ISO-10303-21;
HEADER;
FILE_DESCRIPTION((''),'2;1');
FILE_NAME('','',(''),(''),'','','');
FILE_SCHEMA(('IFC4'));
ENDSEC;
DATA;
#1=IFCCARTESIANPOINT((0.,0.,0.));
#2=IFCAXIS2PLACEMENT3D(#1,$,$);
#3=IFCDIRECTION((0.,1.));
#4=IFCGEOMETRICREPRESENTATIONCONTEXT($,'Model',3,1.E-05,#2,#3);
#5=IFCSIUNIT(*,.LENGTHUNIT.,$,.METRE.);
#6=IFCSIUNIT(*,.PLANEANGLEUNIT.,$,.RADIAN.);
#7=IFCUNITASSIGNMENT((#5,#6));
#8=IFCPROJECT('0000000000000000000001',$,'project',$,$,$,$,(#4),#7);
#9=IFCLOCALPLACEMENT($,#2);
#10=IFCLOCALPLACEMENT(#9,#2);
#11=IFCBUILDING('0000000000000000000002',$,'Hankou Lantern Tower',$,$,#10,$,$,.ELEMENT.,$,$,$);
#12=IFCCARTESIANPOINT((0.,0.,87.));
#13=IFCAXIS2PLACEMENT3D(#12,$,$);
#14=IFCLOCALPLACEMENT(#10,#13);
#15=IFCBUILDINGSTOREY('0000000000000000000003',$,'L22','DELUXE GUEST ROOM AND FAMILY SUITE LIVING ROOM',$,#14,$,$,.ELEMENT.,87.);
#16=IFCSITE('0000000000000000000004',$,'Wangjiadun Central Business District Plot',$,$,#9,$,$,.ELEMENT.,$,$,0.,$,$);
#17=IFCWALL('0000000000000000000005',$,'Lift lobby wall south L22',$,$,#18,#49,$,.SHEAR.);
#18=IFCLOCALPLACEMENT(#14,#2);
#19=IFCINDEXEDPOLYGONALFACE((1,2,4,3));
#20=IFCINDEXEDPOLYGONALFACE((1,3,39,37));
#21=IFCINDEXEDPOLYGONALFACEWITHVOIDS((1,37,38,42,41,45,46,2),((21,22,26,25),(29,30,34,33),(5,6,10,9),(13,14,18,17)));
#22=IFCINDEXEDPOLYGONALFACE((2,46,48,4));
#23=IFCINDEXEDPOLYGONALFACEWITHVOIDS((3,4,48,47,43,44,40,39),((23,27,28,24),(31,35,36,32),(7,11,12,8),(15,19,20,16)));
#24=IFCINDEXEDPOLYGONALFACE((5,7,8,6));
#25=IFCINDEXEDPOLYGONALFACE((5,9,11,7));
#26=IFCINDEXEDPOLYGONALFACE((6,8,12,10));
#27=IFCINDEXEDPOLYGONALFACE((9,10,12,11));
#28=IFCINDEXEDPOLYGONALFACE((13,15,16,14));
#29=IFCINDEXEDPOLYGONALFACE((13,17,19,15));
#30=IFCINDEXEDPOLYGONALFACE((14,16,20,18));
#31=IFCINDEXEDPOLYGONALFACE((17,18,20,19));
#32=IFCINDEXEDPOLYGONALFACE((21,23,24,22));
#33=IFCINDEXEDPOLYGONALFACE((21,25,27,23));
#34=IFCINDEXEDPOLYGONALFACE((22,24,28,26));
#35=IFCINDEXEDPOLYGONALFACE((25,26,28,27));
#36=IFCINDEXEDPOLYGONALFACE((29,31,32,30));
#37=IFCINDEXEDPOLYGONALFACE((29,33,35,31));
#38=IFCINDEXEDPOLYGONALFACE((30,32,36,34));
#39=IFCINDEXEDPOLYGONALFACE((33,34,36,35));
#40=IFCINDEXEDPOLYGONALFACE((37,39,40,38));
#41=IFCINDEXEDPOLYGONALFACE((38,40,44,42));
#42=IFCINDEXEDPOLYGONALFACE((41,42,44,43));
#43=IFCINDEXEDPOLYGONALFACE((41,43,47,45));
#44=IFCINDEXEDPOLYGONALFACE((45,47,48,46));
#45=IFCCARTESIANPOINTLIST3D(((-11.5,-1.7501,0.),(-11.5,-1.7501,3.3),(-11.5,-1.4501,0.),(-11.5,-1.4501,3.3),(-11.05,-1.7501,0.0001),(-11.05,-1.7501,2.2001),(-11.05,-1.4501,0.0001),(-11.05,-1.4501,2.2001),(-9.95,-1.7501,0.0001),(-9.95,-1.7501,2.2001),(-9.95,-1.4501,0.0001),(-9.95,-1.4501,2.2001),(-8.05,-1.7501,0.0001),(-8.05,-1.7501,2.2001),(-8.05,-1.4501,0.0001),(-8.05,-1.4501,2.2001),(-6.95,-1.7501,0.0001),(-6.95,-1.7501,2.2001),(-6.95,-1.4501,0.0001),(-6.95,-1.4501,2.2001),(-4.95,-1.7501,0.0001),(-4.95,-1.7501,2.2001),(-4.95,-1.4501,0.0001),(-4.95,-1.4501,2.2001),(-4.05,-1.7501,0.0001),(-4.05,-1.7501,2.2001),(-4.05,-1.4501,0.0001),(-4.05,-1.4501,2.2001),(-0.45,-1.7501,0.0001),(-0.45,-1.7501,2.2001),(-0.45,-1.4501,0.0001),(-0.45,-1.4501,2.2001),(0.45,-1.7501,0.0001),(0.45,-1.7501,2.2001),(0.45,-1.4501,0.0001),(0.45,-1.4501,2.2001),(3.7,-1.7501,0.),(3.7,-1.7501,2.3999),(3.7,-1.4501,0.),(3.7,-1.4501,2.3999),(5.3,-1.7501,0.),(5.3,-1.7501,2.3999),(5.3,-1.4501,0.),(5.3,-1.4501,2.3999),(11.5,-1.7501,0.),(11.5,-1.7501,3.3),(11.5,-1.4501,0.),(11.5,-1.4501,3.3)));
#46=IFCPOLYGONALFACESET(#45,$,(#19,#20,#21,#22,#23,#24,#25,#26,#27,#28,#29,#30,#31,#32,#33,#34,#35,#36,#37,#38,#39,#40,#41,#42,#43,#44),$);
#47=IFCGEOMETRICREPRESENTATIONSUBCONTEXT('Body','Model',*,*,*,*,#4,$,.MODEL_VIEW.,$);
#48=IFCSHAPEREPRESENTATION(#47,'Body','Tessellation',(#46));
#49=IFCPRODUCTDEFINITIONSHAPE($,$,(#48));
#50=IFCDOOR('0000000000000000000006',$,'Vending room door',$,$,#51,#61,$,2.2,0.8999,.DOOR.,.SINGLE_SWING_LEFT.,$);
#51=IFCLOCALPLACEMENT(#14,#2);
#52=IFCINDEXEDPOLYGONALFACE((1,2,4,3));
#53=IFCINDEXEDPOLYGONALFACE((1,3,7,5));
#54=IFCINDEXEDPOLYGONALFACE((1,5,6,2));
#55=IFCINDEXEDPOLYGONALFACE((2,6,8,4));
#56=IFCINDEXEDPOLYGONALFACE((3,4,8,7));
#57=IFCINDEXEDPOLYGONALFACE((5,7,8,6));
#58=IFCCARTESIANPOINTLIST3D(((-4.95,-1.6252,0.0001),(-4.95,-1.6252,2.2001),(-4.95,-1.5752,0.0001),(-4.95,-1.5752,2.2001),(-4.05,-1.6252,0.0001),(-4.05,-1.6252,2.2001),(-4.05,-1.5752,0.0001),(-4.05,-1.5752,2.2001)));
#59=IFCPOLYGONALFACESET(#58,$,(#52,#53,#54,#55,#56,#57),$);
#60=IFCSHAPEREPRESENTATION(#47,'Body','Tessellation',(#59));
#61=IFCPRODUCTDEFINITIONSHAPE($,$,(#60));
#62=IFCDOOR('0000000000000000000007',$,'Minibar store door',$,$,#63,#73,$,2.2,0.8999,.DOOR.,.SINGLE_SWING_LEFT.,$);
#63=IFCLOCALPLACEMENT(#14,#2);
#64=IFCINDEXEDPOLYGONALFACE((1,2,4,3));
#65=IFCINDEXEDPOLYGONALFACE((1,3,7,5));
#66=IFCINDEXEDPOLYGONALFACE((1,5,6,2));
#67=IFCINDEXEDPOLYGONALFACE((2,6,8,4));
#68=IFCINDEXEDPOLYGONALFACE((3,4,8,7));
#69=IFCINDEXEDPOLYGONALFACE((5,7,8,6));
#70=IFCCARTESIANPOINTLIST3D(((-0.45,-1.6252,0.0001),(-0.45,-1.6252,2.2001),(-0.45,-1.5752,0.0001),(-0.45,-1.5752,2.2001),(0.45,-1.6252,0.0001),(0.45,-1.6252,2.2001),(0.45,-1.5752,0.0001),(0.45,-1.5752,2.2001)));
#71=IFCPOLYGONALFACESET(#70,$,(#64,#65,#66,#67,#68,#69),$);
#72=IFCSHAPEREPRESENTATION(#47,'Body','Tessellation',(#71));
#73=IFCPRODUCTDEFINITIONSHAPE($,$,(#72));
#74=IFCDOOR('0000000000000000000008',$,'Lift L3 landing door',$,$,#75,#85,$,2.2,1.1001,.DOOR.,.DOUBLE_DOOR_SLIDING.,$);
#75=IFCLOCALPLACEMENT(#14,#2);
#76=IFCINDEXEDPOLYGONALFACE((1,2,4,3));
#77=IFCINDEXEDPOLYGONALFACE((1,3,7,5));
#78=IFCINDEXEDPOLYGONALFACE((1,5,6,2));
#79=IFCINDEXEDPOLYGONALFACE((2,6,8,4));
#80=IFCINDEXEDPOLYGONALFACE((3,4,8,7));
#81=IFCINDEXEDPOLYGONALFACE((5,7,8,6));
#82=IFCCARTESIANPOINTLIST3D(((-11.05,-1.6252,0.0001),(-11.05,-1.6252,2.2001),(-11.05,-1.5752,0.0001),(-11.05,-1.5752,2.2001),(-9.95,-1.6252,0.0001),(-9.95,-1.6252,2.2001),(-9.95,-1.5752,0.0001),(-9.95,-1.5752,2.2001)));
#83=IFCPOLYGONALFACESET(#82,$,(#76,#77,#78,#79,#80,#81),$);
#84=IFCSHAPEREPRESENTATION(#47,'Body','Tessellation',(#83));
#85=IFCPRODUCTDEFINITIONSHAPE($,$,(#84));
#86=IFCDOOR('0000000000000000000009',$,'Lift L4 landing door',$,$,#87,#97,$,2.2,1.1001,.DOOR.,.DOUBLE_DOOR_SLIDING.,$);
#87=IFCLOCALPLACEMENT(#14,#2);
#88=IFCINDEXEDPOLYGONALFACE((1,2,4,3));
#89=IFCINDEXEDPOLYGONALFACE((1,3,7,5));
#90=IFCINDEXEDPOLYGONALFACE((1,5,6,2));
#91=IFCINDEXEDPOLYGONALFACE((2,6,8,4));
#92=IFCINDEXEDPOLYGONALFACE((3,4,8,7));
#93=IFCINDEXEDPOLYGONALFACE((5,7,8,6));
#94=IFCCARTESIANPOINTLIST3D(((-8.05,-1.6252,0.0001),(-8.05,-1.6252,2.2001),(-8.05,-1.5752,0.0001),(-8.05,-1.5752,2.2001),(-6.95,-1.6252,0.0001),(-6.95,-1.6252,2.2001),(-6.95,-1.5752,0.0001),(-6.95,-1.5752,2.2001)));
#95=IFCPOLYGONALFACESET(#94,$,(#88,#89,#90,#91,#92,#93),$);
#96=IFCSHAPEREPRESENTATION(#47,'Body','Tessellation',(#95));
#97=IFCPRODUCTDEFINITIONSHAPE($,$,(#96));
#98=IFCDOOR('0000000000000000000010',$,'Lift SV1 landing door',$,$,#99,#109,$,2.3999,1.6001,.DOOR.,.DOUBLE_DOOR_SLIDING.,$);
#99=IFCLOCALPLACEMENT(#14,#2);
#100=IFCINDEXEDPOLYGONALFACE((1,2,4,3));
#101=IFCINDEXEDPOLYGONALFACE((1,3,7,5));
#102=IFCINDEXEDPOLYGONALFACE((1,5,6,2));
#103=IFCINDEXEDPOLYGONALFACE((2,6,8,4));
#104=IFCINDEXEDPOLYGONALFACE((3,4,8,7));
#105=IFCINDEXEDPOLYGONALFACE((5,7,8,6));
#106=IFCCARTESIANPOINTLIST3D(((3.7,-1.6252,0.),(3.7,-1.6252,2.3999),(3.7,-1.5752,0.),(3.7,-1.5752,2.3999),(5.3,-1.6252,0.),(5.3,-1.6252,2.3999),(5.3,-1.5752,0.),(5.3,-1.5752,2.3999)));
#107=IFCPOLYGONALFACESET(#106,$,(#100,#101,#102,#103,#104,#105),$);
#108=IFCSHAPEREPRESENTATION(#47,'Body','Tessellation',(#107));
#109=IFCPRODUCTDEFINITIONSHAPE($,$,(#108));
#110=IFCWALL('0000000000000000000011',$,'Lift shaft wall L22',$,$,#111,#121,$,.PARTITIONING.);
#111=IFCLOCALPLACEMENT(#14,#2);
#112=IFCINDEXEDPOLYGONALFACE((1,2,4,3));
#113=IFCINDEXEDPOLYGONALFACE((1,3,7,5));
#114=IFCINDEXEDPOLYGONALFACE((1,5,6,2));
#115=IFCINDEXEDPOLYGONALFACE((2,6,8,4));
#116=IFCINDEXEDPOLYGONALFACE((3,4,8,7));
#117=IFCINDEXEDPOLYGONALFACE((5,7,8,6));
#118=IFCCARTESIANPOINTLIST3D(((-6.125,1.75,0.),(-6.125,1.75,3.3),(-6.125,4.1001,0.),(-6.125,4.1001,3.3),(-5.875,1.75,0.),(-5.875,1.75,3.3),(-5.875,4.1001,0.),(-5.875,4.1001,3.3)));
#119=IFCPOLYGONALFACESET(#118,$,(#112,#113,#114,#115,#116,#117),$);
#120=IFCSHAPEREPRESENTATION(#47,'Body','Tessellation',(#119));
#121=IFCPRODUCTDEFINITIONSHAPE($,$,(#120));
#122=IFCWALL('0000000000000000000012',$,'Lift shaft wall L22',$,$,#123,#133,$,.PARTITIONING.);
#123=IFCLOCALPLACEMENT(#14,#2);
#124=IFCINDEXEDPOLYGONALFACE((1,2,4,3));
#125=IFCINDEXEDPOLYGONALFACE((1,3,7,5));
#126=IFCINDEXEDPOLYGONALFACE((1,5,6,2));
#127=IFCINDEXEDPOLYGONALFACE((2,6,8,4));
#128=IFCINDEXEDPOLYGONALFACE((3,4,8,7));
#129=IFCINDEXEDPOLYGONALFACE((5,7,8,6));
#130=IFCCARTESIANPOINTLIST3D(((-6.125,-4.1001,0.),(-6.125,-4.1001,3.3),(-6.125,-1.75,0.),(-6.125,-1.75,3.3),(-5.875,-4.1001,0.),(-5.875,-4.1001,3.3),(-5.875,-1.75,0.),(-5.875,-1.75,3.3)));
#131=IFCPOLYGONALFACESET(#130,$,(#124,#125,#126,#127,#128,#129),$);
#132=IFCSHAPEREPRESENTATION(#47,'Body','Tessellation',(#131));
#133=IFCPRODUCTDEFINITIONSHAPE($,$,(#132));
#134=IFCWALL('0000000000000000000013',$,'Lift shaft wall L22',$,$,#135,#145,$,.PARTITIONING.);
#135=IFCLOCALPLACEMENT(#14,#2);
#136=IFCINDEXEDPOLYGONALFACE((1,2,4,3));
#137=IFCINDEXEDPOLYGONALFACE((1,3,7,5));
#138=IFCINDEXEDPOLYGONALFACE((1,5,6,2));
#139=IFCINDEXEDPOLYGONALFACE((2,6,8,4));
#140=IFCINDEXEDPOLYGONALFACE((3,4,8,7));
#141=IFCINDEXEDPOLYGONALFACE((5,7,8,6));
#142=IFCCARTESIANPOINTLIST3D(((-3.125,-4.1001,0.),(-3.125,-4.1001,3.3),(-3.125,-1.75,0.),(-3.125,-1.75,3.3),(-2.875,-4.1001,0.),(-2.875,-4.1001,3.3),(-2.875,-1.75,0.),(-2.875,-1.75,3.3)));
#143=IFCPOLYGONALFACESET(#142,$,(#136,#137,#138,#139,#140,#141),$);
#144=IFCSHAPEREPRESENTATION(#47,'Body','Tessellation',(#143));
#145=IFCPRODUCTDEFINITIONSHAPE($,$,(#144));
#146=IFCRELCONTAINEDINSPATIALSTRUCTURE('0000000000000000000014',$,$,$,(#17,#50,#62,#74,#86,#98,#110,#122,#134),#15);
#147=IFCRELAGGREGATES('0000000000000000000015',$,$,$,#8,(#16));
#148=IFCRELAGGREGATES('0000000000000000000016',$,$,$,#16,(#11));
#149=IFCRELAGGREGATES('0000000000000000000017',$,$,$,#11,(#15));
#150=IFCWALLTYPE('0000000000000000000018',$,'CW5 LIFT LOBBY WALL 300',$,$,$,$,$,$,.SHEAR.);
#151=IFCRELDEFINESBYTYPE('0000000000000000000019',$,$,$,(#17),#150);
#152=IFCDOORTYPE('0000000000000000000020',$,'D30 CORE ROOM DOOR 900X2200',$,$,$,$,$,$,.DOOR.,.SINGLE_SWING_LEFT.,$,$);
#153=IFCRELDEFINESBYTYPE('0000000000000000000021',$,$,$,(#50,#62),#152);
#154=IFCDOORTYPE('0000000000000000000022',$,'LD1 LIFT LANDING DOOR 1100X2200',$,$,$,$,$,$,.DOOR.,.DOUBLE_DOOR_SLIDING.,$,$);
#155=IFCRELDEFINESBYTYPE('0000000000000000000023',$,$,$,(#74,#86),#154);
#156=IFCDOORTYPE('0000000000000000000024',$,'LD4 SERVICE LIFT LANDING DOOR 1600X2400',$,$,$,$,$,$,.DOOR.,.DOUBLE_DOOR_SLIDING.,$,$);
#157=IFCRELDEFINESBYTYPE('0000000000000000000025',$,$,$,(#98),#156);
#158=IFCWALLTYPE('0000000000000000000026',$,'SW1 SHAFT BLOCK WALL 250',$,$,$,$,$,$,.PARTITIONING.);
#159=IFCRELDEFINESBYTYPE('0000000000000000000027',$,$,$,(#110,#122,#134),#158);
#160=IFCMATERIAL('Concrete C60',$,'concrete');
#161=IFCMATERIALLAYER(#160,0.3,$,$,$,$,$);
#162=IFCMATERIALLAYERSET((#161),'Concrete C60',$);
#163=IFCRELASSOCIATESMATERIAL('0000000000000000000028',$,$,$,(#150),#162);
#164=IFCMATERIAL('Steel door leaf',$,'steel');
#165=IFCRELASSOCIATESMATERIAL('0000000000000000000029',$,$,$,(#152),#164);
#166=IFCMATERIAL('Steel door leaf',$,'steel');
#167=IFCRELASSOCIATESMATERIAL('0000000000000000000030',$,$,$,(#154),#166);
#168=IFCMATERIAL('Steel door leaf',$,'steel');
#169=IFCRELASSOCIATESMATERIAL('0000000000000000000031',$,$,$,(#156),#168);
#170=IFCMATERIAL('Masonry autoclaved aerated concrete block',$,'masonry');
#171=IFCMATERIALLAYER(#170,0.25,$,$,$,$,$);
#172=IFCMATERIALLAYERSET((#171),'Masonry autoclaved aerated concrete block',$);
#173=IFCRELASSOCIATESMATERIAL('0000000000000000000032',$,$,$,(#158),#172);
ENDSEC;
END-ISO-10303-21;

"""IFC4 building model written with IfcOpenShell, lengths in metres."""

from ifc_helpers import new_model, si_unit, direction, frame, frame_2d, origin, place, context, subcontext, project, spatial, rectangle, extrude, material, layer, layer_set, type_object, element, fill, save


model = new_model("IFC4")

# Units and contexts
model_context = context("Model", 3, precision=1e-05, world=origin(), true_north=direction((0.0, 1.0)))
body_context = subcontext(model_context, "Body", "Model", "MODEL_VIEW")
ifc_project = project(units=[si_unit("LENGTHUNIT", "METRE"), si_unit("PLANEANGLEUNIT", "RADIAN")], contexts=[model_context])

# Site, building, storey
site_placement = place(None, origin())
site = spatial("IfcSite", under=ifc_project, at=site_placement, Name="Wangjiadun Central Business District Plot", CompositionType="ELEMENT", RefElevation=0.0)
building_placement = place(site_placement, origin())
building = spatial("IfcBuilding", under=site, at=building_placement, Name="Hankou Lantern Tower", CompositionType="ELEMENT")
storey_placement = place(building_placement, frame((0.0, 0.0, 87.0)))
storey = spatial("IfcBuildingStorey", under=building, at=storey_placement, Name="L22", Description="DELUXE GUEST ROOM AND FAMILY SUITE LIVING ROOM", CompositionType="ELEMENT", Elevation=87.0)

# Wall, openings, doors
ifc_material_1 = material(Name="Concrete C60", Category="concrete")
ifc_layer_1 = layer(ifc_material_1, 0.3)
ifc_layer_set_1 = layer_set([ifc_layer_1], Name="Concrete C60")
wall_type_1 = type_object("IfcWallType", Name="CW5 LIFT LOBBY WALL 300", PredefinedType="SHEAR", material=ifc_layer_set_1)
ifc_material_2 = material(Name="Steel door leaf", Category="steel")
door_type_1 = type_object("IfcDoorType", Name="D30 CORE ROOM DOOR 900X2200", OperationType="SINGLE_SWING_LEFT", PredefinedType="DOOR", material=ifc_material_2)
ifc_material_3 = material(Name="Steel door leaf", Category="steel")
door_type_2 = type_object("IfcDoorType", Name="LD1 LIFT LANDING DOOR 1100X2200", OperationType="DOUBLE_DOOR_SLIDING", PredefinedType="DOOR", material=ifc_material_3)
wall_1_placement = place(storey_placement, frame((-11.5, -1.6001, 0.0), z_axis=(0.0, 0.0, 1.0), x_axis=(1.0, 0.0, 0.0)))
wall_1 = element("IfcWall", 1, at=wall_1_placement, inside=storey, type_object=wall_type_1, Name="Lift lobby wall south L22", PredefinedType="SHEAR", context=body_context, shape_type="SweptSolid", body=[
    extrude(rectangle(XDim=23.0, YDim=0.3, at=frame_2d((11.5, 0.0))), origin(), (0.0, 0.0, 1.0), 3.3),
])
opening_1_placement = place(wall_1_placement, frame((0.45, 0.0, 0.0)))
opening_1 = element("IfcOpeningElement", 2, at=opening_1_placement, cuts=wall_1, PredefinedType="OPENING", context=body_context, shape_type="SweptSolid", body=[
    extrude(rectangle(XDim=1.1001, YDim=2.2, at=frame_2d((0.55, 1.1001))), frame((0.0, 0.1599, 0.0), z_axis=(0.0, -1.0, 0.0), x_axis=(1.0, 0.0, 0.0)), (0.0, 0.0, 1.0), 0.3201),
])
opening_2_placement = place(wall_1_placement, frame((3.45, 0.0, 0.0)))
opening_2 = element("IfcOpeningElement", 3, at=opening_2_placement, cuts=wall_1, PredefinedType="OPENING", context=body_context, shape_type="SweptSolid", body=[
    extrude(rectangle(XDim=1.1001, YDim=2.2, at=frame_2d((0.55, 1.1001))), frame((0.0, 0.1599, 0.0), z_axis=(0.0, -1.0, 0.0), x_axis=(1.0, 0.0, 0.0)), (0.0, 0.0, 1.0), 0.3201),
])
opening_3_placement = place(wall_1_placement, frame((15.2, 0.0, 0.0)))
opening_3 = element("IfcOpeningElement", 4, at=opening_3_placement, cuts=wall_1, PredefinedType="OPENING", context=body_context, shape_type="SweptSolid", body=[
    extrude(rectangle(XDim=1.6001, YDim=2.3999, at=frame_2d((0.8, 1.2))), frame((0.0, 0.1599, 0.0), z_axis=(0.0, -1.0, 0.0), x_axis=(1.0, 0.0, 0.0)), (0.0, 0.0, 1.0), 0.3201),
])
opening_4_placement = place(wall_1_placement, frame((6.55, 0.0, 0.0)))
opening_4 = element("IfcOpeningElement", 5, at=opening_4_placement, cuts=wall_1, PredefinedType="OPENING", context=body_context, shape_type="SweptSolid", body=[
    extrude(rectangle(XDim=0.8999, YDim=2.2, at=frame_2d((0.45, 1.1001))), frame((0.0, 0.1599, 0.0), z_axis=(0.0, -1.0, 0.0), x_axis=(1.0, 0.0, 0.0)), (0.0, 0.0, 1.0), 0.3201),
])
opening_5_placement = place(wall_1_placement, frame((11.05, 0.0, 0.0)))
opening_5 = element("IfcOpeningElement", 6, at=opening_5_placement, cuts=wall_1, PredefinedType="OPENING", context=body_context, shape_type="SweptSolid", body=[
    extrude(rectangle(XDim=0.8999, YDim=2.2, at=frame_2d((0.45, 1.1001))), frame((0.0, 0.1599, 0.0), z_axis=(0.0, -1.0, 0.0), x_axis=(1.0, 0.0, 0.0)), (0.0, 0.0, 1.0), 0.3201),
])
door_1_placement = place(opening_4_placement, origin())
door_1 = element("IfcDoor", 7, at=door_1_placement, inside=storey, type_object=door_type_1, Name="Vending room door", OperationType="SINGLE_SWING_LEFT", OverallHeight=2.2, OverallWidth=0.8999, PredefinedType="DOOR", context=body_context, shape_type="SweptSolid", body=[
    extrude(rectangle(XDim=0.8999, YDim=2.2, at=frame_2d((0.45, 1.1001))), frame((0.0, 0.0249, 0.0), z_axis=(0.0, -1.0, 0.0), x_axis=(1.0, 0.0, 0.0)), (0.0, 0.0, 1.0), 0.05),
])
fill(opening_4, door_1)
door_2_placement = place(opening_5_placement, origin())
door_2 = element("IfcDoor", 8, at=door_2_placement, inside=storey, type_object=door_type_1, Name="Minibar store door", OperationType="SINGLE_SWING_LEFT", OverallHeight=2.2, OverallWidth=0.8999, PredefinedType="DOOR", context=body_context, shape_type="SweptSolid", body=[
    extrude(rectangle(XDim=0.8999, YDim=2.2, at=frame_2d((0.45, 1.1001))), frame((0.0, 0.0249, 0.0), z_axis=(0.0, -1.0, 0.0), x_axis=(1.0, 0.0, 0.0)), (0.0, 0.0, 1.0), 0.05),
])
fill(opening_5, door_2)
door_3_placement = place(opening_1_placement, origin())
door_3 = element("IfcDoor", 9, at=door_3_placement, inside=storey, type_object=door_type_2, Name="Lift L3 landing door", OperationType="DOUBLE_DOOR_SLIDING", OverallHeight=2.2, OverallWidth=1.1001, PredefinedType="DOOR", context=body_context, shape_type="SweptSolid", body=[
    extrude(rectangle(XDim=1.1001, YDim=2.2, at=frame_2d((0.55, 1.1001))), frame((0.0, 0.0249, 0.0), z_axis=(0.0, -1.0, 0.0), x_axis=(1.0, 0.0, 0.0)), (0.0, 0.0, 1.0), 0.05),
])
fill(opening_1, door_3)
door_4_placement = place(opening_2_placement, origin())
door_4 = element("IfcDoor", 10, at=door_4_placement, inside=storey, type_object=door_type_2, Name="Lift L4 landing door", OperationType="DOUBLE_DOOR_SLIDING", OverallHeight=2.2, OverallWidth=1.1001, PredefinedType="DOOR", context=body_context, shape_type="SweptSolid", body=[
    extrude(rectangle(XDim=1.1001, YDim=2.2, at=frame_2d((0.55, 1.1001))), frame((0.0, 0.0249, 0.0), z_axis=(0.0, -1.0, 0.0), x_axis=(1.0, 0.0, 0.0)), (0.0, 0.0, 1.0), 0.05),
])
fill(opening_2, door_4)
ifc_material_4 = material(Name="Steel door leaf", Category="steel")
door_type_3 = type_object("IfcDoorType", Name="LD4 SERVICE LIFT LANDING DOOR 1600X2400", OperationType="DOUBLE_DOOR_SLIDING", PredefinedType="DOOR", material=ifc_material_4)
door_5_placement = place(opening_3_placement, origin())
door_5 = element("IfcDoor", 11, at=door_5_placement, inside=storey, type_object=door_type_3, Name="Lift SV1 landing door", OperationType="DOUBLE_DOOR_SLIDING", OverallHeight=2.3999, OverallWidth=1.6001, PredefinedType="DOOR", context=body_context, shape_type="SweptSolid", body=[
    extrude(rectangle(XDim=1.6001, YDim=2.3999, at=frame_2d((0.8, 1.2))), frame((0.0, 0.0249, 0.0), z_axis=(0.0, -1.0, 0.0), x_axis=(1.0, 0.0, 0.0)), (0.0, 0.0, 1.0), 0.05),
])
fill(opening_3, door_5)

# Walls
ifc_material_5 = material(Name="Masonry autoclaved aerated concrete block", Category="masonry")
ifc_layer_2 = layer(ifc_material_5, 0.25)
ifc_layer_set_2 = layer_set([ifc_layer_2], Name="Masonry autoclaved aerated concrete block")
wall_type_2 = type_object("IfcWallType", Name="SW1 SHAFT BLOCK WALL 250", PredefinedType="PARTITIONING", material=ifc_layer_set_2)
for number, where, z_axis, x_axis, name in (
    (12, (-6.0, 1.75, 0.0), (0.0, 0.0, 1.0), (0.0, 1.0, 0.0), "Lift shaft wall L22"),
    (13, (-6.0, -4.1001, 0.0), (0.0, 0.0, 1.0), (0.0, 1.0, 0.0), "Lift shaft wall L22"),
    (14, (-3.0, -4.1001, 0.0), (0.0, 0.0, 1.0), (0.0, 1.0, 0.0), "Lift shaft wall L22"),
):
    element("IfcWall", number, at=place(storey_placement, frame(where, z_axis=z_axis, x_axis=x_axis)), inside=storey, type_object=wall_type_2, Name=name, PredefinedType="PARTITIONING", context=body_context, shape_type="SweptSolid", body=[
        extrude(rectangle(XDim=2.3501, YDim=0.25, at=frame_2d((1.175, 0.0))), origin(), (0.0, 0.0, 1.0), 3.3),
    ])

save(model, "model.ifc")
